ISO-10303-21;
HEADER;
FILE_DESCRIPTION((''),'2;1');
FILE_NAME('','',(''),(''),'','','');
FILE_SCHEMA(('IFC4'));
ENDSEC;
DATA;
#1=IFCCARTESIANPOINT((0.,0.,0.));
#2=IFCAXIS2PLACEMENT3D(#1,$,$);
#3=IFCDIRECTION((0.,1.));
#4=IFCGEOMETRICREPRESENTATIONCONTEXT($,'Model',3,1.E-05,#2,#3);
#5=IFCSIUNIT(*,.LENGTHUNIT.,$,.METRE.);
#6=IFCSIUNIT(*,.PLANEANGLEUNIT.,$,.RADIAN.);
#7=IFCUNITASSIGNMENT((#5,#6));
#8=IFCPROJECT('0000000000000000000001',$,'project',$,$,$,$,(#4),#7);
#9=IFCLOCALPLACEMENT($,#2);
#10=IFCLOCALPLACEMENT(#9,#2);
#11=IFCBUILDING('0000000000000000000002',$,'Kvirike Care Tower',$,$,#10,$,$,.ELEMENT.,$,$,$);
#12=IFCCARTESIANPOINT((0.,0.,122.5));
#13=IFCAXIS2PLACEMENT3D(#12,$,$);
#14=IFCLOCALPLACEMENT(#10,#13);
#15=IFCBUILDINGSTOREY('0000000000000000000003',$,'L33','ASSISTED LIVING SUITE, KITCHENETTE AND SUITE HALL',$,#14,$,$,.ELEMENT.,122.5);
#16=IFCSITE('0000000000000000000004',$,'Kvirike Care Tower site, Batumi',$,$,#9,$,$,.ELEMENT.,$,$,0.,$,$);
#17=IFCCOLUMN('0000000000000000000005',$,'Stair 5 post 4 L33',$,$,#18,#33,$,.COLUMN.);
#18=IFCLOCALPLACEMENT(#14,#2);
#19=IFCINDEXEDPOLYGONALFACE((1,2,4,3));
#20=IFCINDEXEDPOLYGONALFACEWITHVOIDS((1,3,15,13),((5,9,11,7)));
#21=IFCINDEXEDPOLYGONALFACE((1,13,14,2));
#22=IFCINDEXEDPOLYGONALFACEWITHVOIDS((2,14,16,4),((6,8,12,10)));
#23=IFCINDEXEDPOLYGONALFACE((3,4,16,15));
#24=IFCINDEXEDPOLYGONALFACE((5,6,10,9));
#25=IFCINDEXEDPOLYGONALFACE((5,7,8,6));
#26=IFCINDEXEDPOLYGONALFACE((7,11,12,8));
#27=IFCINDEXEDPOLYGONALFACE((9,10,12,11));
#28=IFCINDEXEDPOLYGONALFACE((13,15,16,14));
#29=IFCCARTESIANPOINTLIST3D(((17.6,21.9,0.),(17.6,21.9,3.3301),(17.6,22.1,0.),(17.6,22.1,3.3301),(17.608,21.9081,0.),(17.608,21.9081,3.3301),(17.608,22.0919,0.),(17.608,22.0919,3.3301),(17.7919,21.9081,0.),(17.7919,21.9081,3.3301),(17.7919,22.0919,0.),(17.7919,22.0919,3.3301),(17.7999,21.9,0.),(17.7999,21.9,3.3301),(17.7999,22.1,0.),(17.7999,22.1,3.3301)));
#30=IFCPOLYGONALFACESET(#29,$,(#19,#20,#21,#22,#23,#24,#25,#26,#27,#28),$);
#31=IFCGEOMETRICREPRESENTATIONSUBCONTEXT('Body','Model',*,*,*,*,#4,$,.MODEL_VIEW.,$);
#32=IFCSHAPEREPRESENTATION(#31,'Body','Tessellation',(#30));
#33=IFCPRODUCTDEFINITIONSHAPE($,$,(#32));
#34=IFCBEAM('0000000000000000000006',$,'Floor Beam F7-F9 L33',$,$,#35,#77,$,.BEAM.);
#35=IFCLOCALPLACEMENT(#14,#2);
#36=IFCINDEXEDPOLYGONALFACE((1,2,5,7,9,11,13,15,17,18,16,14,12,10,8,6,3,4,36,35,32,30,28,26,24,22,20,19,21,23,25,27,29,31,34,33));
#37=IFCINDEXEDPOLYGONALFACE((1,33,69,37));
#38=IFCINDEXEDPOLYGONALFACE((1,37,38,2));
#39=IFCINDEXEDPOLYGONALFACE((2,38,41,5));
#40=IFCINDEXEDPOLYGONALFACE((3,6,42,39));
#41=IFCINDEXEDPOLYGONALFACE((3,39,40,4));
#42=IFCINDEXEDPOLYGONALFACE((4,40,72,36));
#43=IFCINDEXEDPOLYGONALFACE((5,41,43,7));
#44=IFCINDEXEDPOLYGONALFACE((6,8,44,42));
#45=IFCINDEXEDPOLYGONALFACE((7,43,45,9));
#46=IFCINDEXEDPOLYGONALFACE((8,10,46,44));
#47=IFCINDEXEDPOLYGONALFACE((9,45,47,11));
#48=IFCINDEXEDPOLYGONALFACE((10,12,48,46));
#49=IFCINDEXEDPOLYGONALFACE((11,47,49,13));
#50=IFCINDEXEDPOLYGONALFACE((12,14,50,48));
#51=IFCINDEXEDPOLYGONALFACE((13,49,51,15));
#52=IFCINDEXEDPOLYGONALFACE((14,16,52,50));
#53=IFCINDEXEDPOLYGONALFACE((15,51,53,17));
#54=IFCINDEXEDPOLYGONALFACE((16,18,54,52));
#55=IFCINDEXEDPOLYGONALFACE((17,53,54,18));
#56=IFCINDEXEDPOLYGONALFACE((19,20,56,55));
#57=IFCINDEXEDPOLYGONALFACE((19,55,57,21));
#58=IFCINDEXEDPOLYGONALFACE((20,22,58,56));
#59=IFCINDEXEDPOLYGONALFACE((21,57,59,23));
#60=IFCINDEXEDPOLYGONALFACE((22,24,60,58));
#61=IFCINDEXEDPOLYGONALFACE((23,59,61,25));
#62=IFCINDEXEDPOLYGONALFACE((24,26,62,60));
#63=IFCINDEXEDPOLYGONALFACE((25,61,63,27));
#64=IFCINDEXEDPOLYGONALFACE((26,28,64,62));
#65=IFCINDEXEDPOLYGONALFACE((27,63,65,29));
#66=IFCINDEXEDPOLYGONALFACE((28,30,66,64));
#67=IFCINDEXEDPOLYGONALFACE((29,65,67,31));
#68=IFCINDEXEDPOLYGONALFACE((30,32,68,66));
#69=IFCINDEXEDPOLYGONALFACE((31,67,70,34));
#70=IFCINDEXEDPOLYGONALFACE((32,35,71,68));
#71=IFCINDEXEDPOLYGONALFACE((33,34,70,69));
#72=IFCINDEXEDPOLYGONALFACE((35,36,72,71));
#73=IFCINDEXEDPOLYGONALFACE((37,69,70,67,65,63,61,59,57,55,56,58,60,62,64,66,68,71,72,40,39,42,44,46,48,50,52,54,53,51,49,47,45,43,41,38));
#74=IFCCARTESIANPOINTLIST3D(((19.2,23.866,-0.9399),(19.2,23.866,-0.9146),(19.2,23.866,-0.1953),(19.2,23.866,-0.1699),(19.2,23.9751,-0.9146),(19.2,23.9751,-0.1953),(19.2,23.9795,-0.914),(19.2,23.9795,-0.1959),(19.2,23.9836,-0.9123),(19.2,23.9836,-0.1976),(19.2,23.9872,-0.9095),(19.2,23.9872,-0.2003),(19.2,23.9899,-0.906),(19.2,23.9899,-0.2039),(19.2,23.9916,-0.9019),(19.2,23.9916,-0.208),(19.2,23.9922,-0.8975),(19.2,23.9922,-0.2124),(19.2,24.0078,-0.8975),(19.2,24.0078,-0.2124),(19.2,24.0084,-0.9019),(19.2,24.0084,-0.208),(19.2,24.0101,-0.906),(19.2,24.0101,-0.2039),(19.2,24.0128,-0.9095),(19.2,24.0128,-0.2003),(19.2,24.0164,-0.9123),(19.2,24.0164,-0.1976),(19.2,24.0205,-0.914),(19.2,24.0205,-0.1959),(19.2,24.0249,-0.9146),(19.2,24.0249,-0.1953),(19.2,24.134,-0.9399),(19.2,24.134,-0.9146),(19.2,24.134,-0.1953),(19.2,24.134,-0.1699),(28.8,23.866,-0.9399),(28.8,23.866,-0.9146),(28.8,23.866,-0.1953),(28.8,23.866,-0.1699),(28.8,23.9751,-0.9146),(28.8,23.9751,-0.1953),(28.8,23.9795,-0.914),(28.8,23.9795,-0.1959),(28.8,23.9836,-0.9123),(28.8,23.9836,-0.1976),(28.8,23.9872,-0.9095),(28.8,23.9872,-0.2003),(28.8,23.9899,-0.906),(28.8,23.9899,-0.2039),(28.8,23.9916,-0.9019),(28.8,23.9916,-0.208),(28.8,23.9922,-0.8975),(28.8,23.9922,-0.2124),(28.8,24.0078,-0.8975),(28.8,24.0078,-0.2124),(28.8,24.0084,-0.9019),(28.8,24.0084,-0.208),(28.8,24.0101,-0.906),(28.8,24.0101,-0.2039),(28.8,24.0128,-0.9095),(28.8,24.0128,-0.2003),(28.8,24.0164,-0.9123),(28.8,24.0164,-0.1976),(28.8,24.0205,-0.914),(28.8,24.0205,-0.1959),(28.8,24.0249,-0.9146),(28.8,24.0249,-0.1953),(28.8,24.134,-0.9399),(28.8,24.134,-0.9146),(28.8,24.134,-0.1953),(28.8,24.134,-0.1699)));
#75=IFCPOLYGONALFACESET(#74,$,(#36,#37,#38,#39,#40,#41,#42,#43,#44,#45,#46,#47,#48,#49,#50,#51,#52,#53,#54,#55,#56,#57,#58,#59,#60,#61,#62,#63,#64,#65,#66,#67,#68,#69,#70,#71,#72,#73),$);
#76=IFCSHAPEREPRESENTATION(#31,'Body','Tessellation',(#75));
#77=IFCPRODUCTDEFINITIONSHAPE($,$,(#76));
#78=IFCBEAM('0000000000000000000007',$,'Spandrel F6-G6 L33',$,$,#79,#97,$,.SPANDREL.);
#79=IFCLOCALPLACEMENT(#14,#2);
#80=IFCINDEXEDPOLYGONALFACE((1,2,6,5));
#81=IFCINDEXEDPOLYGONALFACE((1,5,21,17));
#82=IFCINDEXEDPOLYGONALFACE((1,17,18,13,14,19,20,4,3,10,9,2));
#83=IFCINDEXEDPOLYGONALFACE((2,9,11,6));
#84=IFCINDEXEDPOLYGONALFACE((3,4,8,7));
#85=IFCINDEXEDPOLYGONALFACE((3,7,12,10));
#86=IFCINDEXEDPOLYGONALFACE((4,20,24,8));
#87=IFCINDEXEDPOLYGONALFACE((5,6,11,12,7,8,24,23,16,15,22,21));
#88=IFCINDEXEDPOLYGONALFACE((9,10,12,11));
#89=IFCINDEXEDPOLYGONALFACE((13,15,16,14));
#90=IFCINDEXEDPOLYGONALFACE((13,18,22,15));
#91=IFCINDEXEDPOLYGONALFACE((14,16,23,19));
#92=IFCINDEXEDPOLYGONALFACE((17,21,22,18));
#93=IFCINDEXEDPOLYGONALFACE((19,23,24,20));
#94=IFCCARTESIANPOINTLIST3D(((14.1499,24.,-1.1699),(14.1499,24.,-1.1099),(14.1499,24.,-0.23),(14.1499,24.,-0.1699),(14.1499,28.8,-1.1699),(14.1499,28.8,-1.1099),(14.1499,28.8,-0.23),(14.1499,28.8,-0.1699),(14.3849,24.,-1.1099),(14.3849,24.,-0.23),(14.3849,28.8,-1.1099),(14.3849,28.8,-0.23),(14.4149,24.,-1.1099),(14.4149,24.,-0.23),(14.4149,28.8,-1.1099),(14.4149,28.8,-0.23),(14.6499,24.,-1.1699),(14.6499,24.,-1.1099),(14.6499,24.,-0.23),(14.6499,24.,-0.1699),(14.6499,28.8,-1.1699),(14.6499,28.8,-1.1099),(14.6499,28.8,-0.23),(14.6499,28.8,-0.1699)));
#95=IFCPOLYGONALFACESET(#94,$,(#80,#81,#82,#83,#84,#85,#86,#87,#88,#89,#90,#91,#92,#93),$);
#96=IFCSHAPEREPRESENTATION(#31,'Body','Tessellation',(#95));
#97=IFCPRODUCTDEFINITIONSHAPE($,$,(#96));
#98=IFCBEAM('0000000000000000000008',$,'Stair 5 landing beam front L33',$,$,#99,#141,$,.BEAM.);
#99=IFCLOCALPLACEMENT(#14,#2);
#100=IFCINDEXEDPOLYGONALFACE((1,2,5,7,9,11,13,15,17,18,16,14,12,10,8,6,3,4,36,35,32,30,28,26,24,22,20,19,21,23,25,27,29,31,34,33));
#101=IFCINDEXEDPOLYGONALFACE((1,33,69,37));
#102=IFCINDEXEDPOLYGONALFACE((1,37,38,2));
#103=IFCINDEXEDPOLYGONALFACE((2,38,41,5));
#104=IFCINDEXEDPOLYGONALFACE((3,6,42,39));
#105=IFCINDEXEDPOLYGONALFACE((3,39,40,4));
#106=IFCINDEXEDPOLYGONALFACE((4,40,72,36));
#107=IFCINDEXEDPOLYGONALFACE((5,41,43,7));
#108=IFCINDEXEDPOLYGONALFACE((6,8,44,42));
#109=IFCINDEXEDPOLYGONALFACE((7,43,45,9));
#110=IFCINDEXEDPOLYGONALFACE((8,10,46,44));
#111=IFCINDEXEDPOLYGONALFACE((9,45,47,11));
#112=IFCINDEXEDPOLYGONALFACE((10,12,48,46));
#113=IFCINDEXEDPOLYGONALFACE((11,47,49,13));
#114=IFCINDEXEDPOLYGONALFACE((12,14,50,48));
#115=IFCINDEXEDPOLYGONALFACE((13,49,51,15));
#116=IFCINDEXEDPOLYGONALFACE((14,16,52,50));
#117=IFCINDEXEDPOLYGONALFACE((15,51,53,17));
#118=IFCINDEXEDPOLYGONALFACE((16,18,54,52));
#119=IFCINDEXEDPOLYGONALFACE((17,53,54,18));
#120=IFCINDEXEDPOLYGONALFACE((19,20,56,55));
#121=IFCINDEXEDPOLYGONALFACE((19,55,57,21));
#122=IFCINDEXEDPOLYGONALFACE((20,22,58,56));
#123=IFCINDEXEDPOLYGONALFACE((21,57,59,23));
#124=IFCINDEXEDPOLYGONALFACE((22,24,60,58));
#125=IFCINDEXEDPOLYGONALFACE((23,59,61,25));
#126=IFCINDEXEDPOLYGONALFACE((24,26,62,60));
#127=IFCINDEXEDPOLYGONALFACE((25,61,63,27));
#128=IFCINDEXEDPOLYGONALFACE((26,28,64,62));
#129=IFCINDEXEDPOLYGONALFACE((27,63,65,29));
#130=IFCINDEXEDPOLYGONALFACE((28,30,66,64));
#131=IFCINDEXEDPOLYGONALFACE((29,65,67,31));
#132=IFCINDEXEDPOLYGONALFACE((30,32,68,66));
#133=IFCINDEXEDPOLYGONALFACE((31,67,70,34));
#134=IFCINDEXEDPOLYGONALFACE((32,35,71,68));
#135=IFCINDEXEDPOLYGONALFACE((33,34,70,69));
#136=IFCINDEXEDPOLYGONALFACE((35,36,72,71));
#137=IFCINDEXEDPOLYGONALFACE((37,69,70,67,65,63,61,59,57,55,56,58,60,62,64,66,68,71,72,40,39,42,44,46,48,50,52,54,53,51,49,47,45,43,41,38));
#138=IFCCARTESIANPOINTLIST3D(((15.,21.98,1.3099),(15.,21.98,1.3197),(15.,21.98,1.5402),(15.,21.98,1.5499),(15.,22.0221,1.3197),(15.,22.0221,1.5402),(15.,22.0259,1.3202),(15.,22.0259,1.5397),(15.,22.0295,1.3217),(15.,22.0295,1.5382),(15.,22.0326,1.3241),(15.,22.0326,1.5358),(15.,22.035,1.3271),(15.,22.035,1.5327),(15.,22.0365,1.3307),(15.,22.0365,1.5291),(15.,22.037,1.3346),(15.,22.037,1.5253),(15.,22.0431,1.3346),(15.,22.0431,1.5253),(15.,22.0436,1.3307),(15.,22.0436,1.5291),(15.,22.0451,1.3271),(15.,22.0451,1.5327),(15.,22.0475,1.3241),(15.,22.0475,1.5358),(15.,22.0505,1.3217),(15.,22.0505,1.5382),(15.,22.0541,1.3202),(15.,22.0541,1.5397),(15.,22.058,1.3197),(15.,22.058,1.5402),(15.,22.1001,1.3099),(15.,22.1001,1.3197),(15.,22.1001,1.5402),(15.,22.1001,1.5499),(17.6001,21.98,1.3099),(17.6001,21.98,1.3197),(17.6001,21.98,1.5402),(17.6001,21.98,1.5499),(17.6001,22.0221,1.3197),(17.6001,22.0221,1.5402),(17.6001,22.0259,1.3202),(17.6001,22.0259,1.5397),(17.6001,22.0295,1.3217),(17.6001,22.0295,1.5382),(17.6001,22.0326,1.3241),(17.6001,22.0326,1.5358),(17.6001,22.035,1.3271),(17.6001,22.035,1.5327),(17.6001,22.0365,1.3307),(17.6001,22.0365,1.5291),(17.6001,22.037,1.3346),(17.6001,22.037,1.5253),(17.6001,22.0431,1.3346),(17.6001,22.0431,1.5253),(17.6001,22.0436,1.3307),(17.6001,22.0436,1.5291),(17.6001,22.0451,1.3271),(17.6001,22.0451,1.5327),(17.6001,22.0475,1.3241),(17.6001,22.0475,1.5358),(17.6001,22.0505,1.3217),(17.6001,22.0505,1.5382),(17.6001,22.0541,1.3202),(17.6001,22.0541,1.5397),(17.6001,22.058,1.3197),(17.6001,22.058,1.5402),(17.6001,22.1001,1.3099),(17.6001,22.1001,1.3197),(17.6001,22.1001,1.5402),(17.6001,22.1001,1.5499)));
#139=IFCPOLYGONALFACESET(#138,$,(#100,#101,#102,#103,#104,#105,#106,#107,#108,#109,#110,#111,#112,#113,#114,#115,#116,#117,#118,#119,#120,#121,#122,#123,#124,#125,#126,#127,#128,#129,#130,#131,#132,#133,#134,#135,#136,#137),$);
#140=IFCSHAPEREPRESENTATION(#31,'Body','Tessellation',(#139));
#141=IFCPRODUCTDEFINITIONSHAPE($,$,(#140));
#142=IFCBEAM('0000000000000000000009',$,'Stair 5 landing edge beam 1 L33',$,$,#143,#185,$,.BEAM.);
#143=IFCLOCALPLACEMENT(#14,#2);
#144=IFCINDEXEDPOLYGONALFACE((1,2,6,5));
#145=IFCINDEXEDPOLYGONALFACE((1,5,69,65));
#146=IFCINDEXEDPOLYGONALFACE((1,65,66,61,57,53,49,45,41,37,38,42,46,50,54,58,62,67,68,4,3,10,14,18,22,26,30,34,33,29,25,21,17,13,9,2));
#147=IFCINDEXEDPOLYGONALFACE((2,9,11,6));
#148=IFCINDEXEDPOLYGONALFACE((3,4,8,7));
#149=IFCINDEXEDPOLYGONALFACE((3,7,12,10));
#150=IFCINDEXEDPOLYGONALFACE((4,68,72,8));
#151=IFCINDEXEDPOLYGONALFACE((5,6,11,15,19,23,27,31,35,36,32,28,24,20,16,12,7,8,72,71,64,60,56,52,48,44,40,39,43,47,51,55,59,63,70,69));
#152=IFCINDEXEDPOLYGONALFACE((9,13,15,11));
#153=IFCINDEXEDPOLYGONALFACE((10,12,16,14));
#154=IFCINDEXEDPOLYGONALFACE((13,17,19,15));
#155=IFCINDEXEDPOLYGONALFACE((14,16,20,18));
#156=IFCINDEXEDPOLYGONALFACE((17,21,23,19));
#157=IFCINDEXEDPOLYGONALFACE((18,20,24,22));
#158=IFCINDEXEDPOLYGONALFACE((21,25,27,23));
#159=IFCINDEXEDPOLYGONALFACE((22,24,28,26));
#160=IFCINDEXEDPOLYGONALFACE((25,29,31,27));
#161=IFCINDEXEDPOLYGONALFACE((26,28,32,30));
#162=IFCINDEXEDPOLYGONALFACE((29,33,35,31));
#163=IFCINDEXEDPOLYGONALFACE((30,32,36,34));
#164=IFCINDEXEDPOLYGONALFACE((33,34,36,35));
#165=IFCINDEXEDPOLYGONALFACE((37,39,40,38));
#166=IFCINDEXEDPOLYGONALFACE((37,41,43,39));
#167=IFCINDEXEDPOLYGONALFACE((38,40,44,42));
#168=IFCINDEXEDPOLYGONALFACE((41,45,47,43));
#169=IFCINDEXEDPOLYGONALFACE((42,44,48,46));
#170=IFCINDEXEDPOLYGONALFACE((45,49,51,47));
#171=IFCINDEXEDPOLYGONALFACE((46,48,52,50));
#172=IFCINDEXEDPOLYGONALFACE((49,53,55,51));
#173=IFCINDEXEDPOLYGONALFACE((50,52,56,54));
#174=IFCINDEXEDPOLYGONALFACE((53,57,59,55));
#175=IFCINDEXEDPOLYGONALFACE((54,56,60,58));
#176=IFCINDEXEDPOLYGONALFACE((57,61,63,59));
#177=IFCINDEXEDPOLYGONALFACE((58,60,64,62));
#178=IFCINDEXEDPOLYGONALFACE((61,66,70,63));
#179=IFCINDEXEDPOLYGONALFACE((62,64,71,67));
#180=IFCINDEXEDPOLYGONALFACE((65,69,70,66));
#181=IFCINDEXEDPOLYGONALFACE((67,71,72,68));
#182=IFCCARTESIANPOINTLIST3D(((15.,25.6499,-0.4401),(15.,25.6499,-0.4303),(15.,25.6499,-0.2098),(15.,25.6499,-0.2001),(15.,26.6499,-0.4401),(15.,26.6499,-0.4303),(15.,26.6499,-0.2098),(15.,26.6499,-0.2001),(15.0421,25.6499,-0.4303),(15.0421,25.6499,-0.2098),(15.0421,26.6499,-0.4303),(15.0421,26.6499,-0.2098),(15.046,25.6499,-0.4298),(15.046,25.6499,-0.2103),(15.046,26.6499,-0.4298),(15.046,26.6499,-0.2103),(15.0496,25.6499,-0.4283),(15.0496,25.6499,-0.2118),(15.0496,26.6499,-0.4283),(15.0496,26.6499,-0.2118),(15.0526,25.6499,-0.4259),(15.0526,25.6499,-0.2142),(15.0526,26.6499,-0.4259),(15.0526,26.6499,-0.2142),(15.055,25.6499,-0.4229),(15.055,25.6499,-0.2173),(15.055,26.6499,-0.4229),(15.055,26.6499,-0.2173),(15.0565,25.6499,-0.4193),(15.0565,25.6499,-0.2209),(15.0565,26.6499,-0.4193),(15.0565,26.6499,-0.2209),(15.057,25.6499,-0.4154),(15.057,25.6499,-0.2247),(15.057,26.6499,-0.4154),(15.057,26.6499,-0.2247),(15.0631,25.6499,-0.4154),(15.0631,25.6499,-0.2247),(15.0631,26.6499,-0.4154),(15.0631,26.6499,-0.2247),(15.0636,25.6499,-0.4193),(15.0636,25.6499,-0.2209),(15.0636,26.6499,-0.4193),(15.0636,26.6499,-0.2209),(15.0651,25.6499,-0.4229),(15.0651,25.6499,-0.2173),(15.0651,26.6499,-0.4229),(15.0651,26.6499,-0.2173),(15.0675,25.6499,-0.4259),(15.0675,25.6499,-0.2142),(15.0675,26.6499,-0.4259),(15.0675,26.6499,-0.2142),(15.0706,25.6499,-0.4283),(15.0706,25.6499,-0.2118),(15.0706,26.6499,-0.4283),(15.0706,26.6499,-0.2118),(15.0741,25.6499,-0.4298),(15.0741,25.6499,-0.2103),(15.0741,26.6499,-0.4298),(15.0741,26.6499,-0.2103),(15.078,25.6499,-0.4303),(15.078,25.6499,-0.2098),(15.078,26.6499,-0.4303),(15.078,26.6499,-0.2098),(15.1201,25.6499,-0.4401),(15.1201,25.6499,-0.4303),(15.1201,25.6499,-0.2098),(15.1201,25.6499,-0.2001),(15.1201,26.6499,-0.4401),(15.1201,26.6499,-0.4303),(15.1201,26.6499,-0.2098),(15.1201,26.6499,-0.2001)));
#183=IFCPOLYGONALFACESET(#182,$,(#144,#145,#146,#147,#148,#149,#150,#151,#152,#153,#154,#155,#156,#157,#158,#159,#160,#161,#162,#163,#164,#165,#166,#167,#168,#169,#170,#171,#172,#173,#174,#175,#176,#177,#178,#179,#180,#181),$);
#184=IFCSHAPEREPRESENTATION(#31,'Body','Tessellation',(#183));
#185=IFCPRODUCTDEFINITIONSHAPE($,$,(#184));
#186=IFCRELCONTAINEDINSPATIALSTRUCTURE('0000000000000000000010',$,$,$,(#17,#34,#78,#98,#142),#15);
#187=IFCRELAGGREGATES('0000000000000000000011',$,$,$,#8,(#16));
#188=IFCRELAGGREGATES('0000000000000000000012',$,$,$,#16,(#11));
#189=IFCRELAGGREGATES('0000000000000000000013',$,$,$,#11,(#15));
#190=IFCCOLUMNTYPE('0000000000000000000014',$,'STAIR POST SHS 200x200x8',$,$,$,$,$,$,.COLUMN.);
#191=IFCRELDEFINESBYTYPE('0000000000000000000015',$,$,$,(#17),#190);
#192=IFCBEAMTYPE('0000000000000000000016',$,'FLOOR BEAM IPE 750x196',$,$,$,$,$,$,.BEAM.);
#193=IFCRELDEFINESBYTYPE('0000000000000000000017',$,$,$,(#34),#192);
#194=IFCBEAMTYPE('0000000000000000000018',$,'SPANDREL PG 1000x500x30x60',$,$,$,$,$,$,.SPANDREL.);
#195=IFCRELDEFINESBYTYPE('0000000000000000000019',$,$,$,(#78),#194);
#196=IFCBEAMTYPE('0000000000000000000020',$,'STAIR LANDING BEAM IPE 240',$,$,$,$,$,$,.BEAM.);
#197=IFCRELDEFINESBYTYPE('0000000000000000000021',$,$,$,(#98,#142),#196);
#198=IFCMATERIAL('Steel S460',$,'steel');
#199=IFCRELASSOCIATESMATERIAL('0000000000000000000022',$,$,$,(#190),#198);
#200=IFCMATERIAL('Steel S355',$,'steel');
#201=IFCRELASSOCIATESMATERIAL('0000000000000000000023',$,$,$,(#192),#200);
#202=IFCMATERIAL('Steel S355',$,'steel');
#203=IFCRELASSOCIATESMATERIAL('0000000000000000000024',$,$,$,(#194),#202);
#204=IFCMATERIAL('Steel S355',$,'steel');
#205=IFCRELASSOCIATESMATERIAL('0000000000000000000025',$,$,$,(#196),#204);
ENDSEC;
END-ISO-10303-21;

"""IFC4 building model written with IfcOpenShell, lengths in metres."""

from ifc_helpers import new_model, si_unit, direction, frame, origin, origin_2d, place, context, subcontext, project, spatial, hollow_rectangle, i_section, extrude, material, material_profile, profile_set, type_object, element, save


model = new_model("IFC4")

# Units and contexts
model_context = context("Model", 3, precision=1e-05, world=origin(), true_north=direction((0.0, 1.0)))
body_context = subcontext(model_context, "Body", "Model", "MODEL_VIEW")
ifc_project = project(units=[si_unit("LENGTHUNIT", "METRE"), si_unit("PLANEANGLEUNIT", "RADIAN")], contexts=[model_context])

# Site, building, storey
site_placement = place(None, origin())
site = spatial("IfcSite", under=ifc_project, at=site_placement, Name="Kvirike Care Tower site, Batumi", CompositionType="ELEMENT", RefElevation=0.0)
building_placement = place(site_placement, origin())
building = spatial("IfcBuilding", under=site, at=building_placement, Name="Kvirike Care Tower", CompositionType="ELEMENT")
storey_placement = place(building_placement, frame((0.0, 0.0, 122.5)))
storey = spatial("IfcBuildingStorey", under=building, at=storey_placement, Name="L33", Description="ASSISTED LIVING SUITE, KITCHENETTE AND SUITE HALL", CompositionType="ELEMENT", Elevation=122.5)

# Column
ifc_material_1 = material(Name="Steel S460", Category="steel")
ifc_material_profile_1 = material_profile(ifc_material_1, hollow_rectangle(XDim=0.2, YDim=0.2, WallThickness=0.0081, at=origin_2d()), Name="SHS 200x200x8")
ifc_profile_set_1 = profile_set([ifc_material_profile_1], Name="Steel S460")
column_type = type_object("IfcColumnType", Name="STAIR POST SHS 200x200x8", PredefinedType="COLUMN", material=ifc_profile_set_1)
column_placement = place(storey_placement, frame((17.7, 22.0, 0.0), z_axis=(0.0, 0.0, 1.0), x_axis=(1.0, 0.0, 0.0)))
element("IfcColumn", 1, at=column_placement, inside=storey, type_object=column_type, Name="Stair 5 post 4 L33", PredefinedType="COLUMN", context=body_context, shape_type="SweptSolid", body=[
    extrude(hollow_rectangle(XDim=0.2, YDim=0.2, WallThickness=0.0081, at=origin_2d()), origin(), (0.0, 0.0, 1.0), 3.3301),
])

# Beams
ifc_material_2 = material(Name="Steel S355", Category="steel")
ifc_material_profile_2 = material_profile(ifc_material_2, i_section(OverallWidth=0.2681, OverallDepth=0.77, WebThickness=0.0156, FlangeThickness=0.0254, FilletRadius=0.0171, at=origin_2d()), Name="IPE 750x196")
ifc_profile_set_2 = profile_set([ifc_material_profile_2], Name="Steel S355")
beam_type_1 = type_object("IfcBeamType", Name="FLOOR BEAM IPE 750x196", PredefinedType="BEAM", material=ifc_profile_set_2)
beam_1_placement = place(storey_placement, frame((19.2, 24.0, -0.5549), z_axis=(1.0, 0.0, 0.0), x_axis=(0.0, 1.0, 0.0)))
element("IfcBeam", 2, at=beam_1_placement, inside=storey, type_object=beam_type_1, Name="Floor Beam F7-F9 L33", PredefinedType="BEAM", context=body_context, shape_type="SweptSolid", body=[
    extrude(i_section(OverallWidth=0.2681, OverallDepth=0.77, WebThickness=0.0156, FlangeThickness=0.0254, FilletRadius=0.0171, at=origin_2d()), origin(), (0.0, 0.0, 1.0), 9.6001),
])
ifc_material_3 = material(Name="Steel S355", Category="steel")
ifc_material_profile_3 = material_profile(ifc_material_3, i_section(OverallWidth=0.5, OverallDepth=1.0, WebThickness=0.03, FlangeThickness=0.0601, at=origin_2d()), Name="PG 1000x500x30x60")
ifc_profile_set_3 = profile_set([ifc_material_profile_3], Name="Steel S355")
beam_type_2 = type_object("IfcBeamType", Name="SPANDREL PG 1000x500x30x60", PredefinedType="SPANDREL", material=ifc_profile_set_3)
beam_2_placement = place(storey_placement, frame((14.3999, 24.0, -0.6699), z_axis=(0.0, 1.0, 0.0), x_axis=(-1.0, 0.0, 0.0)))
element("IfcBeam", 3, at=beam_2_placement, inside=storey, type_object=beam_type_2, Name="Spandrel F6-G6 L33", PredefinedType="SPANDREL", context=body_context, shape_type="SweptSolid", body=[
    extrude(i_section(OverallWidth=0.5, OverallDepth=1.0, WebThickness=0.03, FlangeThickness=0.0601, at=origin_2d()), origin(), (0.0, 0.0, 1.0), 4.8),
])
ifc_material_4 = material(Name="Steel S355", Category="steel")
ifc_material_profile_4 = material_profile(ifc_material_4, i_section(OverallWidth=0.1201, OverallDepth=0.24, WebThickness=0.0061, FlangeThickness=0.0098, FilletRadius=0.0149, at=origin_2d()), Name="IPE 240")
ifc_profile_set_4 = profile_set([ifc_material_profile_4], Name="Steel S355")
beam_type_3 = type_object("IfcBeamType", Name="STAIR LANDING BEAM IPE 240", PredefinedType="BEAM", material=ifc_profile_set_4)
beam_3_placement = place(storey_placement, frame((15.0, 22.04, 1.4299), z_axis=(1.0, 0.0, 0.0), x_axis=(0.0, 1.0, 0.0)))
element("IfcBeam", 4, at=beam_3_placement, inside=storey, type_object=beam_type_3, Name="Stair 5 landing beam front L33", PredefinedType="BEAM", context=body_context, shape_type="SweptSolid", body=[
    extrude(i_section(OverallWidth=0.1201, OverallDepth=0.24, WebThickness=0.0061, FlangeThickness=0.0098, FilletRadius=0.0149, at=origin_2d()), origin(), (0.0, 0.0, 1.0), 2.6001),
])
for number, where, z_axis, x_axis, name in (
    (5, (15.0601, 25.6499, -0.3201), (0.0, 1.0, 0.0), (-1.0, 0.0, 0.0), "Stair 5 landing edge beam 1 L33"),
):
    element("IfcBeam", number, at=place(storey_placement, frame(where, z_axis=z_axis, x_axis=x_axis)), inside=storey, type_object=beam_type_3, Name=name, PredefinedType="BEAM", context=body_context, shape_type="SweptSolid", body=[
        extrude(i_section(OverallWidth=0.1201, OverallDepth=0.24, WebThickness=0.0061, FlangeThickness=0.0098, FilletRadius=0.0149, at=origin_2d()), origin(), (0.0, 0.0, 1.0), 1.0),
    ])

save(model, "model.ifc")
